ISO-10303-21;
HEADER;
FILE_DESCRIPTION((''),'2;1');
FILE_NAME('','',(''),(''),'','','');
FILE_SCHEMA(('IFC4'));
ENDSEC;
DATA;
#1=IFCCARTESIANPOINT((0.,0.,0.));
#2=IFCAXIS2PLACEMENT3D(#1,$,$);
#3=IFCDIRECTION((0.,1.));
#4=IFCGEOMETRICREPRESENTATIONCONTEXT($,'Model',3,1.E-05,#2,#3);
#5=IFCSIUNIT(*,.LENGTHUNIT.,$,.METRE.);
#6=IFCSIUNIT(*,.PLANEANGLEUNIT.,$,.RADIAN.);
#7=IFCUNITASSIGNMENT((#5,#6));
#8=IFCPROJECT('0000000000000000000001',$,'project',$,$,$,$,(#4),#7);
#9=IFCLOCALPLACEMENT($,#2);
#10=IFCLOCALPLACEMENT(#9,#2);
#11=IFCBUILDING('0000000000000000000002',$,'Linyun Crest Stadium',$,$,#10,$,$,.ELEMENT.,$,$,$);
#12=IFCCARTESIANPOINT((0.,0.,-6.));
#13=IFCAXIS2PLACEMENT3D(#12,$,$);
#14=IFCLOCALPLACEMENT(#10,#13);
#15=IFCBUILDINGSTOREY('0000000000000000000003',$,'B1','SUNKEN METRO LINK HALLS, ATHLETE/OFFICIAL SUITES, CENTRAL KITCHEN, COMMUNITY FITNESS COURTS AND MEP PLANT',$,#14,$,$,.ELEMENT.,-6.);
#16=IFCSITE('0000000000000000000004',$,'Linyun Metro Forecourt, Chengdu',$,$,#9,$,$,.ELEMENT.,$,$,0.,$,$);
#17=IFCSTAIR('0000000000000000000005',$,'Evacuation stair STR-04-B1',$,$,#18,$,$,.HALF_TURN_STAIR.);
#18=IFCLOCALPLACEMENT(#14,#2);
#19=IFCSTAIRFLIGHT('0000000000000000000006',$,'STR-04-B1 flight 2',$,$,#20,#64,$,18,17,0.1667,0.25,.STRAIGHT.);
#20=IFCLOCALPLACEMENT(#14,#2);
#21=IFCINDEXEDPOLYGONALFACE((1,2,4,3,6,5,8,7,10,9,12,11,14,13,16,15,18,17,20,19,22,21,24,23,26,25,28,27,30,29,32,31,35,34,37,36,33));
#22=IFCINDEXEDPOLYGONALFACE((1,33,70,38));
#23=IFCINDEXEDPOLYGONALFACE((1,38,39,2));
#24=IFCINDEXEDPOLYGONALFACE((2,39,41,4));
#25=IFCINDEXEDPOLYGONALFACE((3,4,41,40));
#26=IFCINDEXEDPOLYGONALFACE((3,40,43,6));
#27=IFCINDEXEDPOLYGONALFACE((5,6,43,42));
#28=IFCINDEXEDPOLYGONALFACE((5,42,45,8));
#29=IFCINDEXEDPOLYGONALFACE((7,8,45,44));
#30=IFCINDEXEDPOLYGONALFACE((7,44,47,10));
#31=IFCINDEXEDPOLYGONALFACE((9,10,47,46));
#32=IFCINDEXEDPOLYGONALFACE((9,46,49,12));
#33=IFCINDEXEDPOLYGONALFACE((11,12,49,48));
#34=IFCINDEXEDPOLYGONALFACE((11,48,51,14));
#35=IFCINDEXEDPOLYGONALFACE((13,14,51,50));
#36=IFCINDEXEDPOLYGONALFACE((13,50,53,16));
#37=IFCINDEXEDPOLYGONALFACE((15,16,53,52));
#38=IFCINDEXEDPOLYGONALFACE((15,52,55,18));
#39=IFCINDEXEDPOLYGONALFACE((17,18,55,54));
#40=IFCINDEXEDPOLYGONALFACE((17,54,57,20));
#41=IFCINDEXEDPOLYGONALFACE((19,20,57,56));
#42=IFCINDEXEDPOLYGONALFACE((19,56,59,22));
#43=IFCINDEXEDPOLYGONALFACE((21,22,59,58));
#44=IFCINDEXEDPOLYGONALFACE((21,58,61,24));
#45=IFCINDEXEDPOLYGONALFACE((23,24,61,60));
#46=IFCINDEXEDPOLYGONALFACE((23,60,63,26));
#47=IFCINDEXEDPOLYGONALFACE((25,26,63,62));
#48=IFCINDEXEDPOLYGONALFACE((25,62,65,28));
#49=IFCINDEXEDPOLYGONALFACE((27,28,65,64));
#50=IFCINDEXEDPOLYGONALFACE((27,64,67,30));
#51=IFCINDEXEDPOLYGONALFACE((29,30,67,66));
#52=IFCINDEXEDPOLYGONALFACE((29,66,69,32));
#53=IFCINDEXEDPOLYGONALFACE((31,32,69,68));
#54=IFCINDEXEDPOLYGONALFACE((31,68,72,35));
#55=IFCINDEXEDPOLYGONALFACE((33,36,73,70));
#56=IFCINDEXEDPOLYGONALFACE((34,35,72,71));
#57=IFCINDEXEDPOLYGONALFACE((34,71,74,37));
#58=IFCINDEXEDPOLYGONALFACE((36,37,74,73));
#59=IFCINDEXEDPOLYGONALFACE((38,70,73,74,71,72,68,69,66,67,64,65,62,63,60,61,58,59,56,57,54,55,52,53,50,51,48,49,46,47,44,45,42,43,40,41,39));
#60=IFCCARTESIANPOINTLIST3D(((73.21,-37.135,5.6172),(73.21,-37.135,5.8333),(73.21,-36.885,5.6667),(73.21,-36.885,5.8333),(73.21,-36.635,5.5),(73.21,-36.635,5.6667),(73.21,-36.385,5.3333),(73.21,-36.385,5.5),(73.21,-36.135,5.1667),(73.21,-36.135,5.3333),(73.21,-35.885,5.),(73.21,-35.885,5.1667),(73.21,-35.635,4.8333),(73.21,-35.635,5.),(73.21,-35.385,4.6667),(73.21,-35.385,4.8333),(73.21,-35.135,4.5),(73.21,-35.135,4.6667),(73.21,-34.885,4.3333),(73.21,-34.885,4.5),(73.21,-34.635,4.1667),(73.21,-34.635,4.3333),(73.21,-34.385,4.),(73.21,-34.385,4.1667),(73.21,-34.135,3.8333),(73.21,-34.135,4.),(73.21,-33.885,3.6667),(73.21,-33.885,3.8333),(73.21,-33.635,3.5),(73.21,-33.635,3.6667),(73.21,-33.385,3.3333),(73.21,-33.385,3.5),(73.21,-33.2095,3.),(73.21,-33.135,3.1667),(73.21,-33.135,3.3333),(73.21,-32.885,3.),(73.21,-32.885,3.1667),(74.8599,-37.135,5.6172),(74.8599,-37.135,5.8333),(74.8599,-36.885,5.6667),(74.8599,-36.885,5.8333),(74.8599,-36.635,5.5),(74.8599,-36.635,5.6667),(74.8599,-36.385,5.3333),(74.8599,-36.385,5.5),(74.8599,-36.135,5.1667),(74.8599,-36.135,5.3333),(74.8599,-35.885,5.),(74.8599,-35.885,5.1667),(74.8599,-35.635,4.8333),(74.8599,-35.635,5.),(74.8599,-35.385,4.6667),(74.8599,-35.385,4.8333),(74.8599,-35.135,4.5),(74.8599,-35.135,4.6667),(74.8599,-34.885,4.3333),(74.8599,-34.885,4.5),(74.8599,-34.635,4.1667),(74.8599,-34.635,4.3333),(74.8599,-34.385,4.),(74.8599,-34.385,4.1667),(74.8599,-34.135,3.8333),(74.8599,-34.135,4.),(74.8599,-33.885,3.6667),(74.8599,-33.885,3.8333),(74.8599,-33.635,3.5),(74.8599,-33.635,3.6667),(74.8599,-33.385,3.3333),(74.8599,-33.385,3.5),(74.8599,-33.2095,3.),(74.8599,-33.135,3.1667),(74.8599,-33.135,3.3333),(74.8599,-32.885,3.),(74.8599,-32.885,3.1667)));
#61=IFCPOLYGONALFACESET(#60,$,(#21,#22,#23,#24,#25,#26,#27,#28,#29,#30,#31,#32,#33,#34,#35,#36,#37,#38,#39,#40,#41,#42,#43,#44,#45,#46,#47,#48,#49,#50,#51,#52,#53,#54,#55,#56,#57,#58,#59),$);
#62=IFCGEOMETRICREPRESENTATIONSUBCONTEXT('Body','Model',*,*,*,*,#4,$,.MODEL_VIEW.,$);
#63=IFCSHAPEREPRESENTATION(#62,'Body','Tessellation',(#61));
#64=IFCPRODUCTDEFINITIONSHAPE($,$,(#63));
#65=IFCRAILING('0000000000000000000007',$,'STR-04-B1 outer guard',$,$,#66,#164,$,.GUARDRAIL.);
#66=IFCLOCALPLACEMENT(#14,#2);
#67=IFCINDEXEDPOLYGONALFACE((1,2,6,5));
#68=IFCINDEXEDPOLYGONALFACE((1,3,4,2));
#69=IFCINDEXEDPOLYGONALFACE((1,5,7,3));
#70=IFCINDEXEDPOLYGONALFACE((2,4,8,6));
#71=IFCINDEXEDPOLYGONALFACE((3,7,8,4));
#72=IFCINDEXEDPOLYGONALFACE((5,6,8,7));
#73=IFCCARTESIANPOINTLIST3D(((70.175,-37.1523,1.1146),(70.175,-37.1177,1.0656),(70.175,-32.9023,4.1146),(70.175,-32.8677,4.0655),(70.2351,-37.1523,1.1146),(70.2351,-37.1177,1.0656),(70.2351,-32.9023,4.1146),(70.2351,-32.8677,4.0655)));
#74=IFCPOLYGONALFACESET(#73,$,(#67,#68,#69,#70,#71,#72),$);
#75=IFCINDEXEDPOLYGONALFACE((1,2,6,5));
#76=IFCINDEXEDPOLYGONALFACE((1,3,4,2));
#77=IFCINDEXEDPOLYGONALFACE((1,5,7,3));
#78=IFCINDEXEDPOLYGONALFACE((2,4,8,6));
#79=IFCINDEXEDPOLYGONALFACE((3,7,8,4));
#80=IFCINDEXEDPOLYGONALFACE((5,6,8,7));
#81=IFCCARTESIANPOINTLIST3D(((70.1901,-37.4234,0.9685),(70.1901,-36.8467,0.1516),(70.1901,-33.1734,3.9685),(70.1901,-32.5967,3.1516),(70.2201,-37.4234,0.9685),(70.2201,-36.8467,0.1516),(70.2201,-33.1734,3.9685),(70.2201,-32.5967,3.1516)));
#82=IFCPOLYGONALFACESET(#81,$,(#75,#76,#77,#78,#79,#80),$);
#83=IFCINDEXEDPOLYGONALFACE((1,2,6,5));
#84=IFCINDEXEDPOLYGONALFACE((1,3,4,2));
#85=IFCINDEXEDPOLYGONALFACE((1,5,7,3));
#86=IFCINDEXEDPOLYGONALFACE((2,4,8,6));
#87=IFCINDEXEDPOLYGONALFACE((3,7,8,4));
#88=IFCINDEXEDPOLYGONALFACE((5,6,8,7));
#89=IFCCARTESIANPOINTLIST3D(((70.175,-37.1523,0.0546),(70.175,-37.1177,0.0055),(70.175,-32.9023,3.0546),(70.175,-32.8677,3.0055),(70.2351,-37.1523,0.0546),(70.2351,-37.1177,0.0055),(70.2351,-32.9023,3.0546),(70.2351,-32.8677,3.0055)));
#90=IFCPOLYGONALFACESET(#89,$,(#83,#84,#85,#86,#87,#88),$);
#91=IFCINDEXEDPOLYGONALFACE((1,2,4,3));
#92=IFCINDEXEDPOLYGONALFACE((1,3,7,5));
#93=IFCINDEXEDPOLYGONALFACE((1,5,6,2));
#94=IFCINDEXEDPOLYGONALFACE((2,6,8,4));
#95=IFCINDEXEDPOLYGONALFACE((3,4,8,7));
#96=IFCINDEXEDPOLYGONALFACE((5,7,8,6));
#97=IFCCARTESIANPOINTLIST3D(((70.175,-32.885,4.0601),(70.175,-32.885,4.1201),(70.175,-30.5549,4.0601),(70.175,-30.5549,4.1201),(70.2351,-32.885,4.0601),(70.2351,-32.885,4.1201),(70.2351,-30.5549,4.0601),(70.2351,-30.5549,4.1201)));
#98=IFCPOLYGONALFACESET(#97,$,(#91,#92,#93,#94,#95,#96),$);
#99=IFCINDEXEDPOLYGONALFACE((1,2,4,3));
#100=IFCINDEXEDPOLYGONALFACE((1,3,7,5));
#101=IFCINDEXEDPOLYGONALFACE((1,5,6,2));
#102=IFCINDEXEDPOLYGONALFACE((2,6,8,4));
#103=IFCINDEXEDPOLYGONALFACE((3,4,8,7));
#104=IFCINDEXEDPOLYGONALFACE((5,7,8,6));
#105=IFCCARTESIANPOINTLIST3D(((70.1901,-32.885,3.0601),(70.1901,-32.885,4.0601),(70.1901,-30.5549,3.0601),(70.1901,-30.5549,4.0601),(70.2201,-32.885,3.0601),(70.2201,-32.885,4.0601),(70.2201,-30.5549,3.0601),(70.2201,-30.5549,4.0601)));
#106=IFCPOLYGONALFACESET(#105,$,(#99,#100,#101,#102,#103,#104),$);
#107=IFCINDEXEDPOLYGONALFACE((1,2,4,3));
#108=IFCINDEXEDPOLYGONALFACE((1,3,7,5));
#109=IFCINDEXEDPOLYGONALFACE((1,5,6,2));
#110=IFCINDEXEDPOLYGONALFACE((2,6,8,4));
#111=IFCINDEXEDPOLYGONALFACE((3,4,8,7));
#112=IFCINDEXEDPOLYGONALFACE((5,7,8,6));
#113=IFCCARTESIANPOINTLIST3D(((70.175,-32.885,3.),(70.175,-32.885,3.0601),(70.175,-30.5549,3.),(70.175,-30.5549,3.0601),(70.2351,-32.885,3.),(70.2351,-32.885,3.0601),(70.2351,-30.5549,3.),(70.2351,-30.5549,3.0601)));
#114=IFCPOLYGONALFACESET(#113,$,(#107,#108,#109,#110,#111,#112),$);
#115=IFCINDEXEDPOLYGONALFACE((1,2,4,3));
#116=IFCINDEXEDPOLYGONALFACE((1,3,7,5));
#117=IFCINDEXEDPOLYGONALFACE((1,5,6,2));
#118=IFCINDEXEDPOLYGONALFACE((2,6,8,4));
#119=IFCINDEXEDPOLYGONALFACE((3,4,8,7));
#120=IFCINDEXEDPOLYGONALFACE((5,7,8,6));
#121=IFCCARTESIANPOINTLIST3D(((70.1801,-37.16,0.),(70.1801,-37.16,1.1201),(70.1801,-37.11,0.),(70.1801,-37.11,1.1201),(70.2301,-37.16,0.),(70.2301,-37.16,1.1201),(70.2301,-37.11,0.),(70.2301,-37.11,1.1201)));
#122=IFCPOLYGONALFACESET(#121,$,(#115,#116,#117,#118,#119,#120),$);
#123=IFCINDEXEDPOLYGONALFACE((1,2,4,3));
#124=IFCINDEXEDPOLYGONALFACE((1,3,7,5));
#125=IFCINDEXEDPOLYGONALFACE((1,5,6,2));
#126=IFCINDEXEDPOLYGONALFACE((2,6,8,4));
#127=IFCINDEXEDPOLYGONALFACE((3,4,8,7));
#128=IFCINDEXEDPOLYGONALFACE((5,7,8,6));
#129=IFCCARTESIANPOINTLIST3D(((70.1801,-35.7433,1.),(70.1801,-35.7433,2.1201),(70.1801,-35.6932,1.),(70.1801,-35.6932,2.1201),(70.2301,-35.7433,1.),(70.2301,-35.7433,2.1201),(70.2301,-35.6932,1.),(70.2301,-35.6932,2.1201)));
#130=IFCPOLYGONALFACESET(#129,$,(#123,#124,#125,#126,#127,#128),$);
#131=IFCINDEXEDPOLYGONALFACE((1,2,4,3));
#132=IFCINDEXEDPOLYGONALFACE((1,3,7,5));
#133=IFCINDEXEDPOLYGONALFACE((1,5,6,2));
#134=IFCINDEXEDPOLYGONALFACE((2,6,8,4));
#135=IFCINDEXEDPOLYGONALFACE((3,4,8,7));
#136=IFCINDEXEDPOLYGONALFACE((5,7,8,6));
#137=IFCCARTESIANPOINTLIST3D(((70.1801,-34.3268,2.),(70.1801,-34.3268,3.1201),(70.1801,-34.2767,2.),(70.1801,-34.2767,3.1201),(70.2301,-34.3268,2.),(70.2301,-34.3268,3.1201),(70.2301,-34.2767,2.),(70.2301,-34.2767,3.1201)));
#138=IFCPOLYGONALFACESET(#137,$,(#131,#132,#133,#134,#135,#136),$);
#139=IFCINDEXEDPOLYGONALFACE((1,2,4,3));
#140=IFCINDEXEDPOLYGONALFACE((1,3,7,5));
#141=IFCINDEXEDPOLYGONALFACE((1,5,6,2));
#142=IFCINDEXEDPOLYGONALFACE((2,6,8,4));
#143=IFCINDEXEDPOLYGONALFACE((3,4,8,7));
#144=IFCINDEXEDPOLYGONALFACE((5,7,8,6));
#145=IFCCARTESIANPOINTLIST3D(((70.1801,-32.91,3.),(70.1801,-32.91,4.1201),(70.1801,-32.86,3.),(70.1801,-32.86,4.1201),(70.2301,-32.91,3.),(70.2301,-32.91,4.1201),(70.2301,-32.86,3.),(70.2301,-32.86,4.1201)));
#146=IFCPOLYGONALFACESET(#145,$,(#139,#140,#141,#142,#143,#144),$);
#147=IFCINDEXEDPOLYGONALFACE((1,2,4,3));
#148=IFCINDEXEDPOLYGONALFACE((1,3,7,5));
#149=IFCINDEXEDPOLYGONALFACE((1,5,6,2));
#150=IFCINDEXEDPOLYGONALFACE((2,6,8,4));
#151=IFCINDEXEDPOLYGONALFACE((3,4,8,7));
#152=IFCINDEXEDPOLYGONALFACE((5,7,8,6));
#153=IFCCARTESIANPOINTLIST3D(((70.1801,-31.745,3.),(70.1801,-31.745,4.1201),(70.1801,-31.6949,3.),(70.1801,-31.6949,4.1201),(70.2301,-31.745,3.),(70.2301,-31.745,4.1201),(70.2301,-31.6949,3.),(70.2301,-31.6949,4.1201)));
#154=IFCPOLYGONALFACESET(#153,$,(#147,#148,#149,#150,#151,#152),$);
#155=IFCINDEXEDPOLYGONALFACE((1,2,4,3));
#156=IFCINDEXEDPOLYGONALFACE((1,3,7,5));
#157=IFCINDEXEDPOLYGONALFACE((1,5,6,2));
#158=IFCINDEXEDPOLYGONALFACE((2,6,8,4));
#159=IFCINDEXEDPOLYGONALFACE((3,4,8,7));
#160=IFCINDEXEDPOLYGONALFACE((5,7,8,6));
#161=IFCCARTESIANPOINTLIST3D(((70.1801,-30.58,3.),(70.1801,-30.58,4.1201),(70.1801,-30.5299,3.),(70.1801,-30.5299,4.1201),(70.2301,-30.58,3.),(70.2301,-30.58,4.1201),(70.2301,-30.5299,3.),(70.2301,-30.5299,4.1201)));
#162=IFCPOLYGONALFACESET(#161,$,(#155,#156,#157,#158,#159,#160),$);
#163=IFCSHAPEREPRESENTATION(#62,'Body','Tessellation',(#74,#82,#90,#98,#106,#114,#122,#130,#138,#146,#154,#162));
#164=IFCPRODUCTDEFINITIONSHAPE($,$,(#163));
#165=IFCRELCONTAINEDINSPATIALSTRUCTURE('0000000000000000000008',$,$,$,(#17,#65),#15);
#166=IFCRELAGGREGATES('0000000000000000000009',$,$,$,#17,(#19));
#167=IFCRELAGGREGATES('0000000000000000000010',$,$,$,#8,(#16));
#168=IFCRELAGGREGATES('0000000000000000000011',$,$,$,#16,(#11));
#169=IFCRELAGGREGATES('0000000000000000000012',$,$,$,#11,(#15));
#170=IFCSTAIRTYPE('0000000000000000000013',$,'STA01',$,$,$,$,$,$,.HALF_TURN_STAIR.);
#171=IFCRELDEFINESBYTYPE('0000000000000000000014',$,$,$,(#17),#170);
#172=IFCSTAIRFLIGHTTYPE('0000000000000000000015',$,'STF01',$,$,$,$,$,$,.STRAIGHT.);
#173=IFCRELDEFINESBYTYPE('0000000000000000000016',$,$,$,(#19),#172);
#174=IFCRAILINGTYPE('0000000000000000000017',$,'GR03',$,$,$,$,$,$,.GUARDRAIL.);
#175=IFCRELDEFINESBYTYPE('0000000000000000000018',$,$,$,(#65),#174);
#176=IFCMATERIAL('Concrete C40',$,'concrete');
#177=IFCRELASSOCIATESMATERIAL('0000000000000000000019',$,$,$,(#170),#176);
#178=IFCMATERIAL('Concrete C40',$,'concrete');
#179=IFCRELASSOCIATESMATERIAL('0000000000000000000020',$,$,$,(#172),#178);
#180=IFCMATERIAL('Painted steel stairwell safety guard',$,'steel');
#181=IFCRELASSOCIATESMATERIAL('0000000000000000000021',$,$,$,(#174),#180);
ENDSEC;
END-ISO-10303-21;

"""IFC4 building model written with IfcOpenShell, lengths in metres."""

from ifc_helpers import new_model, si_unit, direction, frame, origin, origin_2d, place, context, subcontext, project, spatial, polyline, rectangle, outline, extrude, material, type_object, element, aggregate, save


model = new_model("IFC4")

# Units and contexts
model_context = context("Model", 3, precision=1e-05, world=origin(), true_north=direction((0.0, 1.0)))
body_context = subcontext(model_context, "Body", "Model", "MODEL_VIEW")
ifc_project = project(units=[si_unit("LENGTHUNIT", "METRE"), si_unit("PLANEANGLEUNIT", "RADIAN")], contexts=[model_context])

# Site, building, storey
site_placement = place(None, origin())
site = spatial("IfcSite", under=ifc_project, at=site_placement, Name="Linyun Metro Forecourt, Chengdu", CompositionType="ELEMENT", RefElevation=0.0)
building_placement = place(site_placement, origin())
building = spatial("IfcBuilding", under=site, at=building_placement, Name="Linyun Crest Stadium", CompositionType="ELEMENT")
storey_placement = place(building_placement, frame((0.0, 0.0, -6.0)))
storey = spatial("IfcBuildingStorey", under=building, at=storey_placement, Name="B1", Description="SUNKEN METRO LINK HALLS, ATHLETE/OFFICIAL SUITES, CENTRAL KITCHEN, COMMUNITY FITNESS COURTS AND MEP PLANT", CompositionType="ELEMENT", Elevation=-6.0)

# Stair, stair flight
ifc_material_1 = material(Name="Concrete C40", Category="concrete")
stair_type = type_object("IfcStairType", Name="STA01", PredefinedType="HALF_TURN_STAIR", material=ifc_material_1)
stair_placement = place(storey_placement, origin())
stair = element("IfcStair", 1, at=stair_placement, inside=storey, type_object=stair_type, Name="Evacuation stair STR-04-B1", PredefinedType="HALF_TURN_STAIR")
ifc_material_2 = material(Name="Concrete C40", Category="concrete")
stair_flight_type = type_object("IfcStairFlightType", Name="STF01", PredefinedType="STRAIGHT", material=ifc_material_2)
stair_flight_1_placement = place(storey_placement, frame((74.0349, -32.885, 3.0), z_axis=(0.0, 0.0, 1.0), x_axis=(0.0, -1.0, 0.0)))
stair_flight_1 = element("IfcStairFlight", 2, at=stair_flight_1_placement, type_object=stair_flight_type, Name="STR-04-B1 flight 2", NumberOfRisers=18, NumberOfTreads=17, PredefinedType="STRAIGHT", RiserHeight=0.1667, TreadLength=0.25, context=body_context, shape_type="SweptSolid", body=[
    extrude(outline(polyline([(0.0, 0.0), (0.0, 0.1667), (0.25, 0.1667), (0.25, 0.3333), (0.5, 0.3333), (0.5, 0.5), (0.75, 0.5), (0.75, 0.6667), (1.0, 0.6667), (1.0, 0.8333), (1.25, 0.8333), (1.25, 1.0), (1.5, 1.0), (1.5, 1.1667), (1.75, 1.1667), (1.75, 1.3333), (2.0, 1.3333), (2.0, 1.5), (2.25, 1.5), (2.25, 1.6667), (2.5, 1.6667), (2.5, 1.8333), (2.75, 1.8333), (2.75, 2.0), (3.0, 2.0), (3.0, 2.1667), (3.25, 2.1667), (3.25, 2.3333), (3.5, 2.3333), (3.5, 2.5), (3.75, 2.5), (3.75, 2.6667), (4.0, 2.6667), (4.0, 2.8333), (4.25, 2.8333), (4.25, 3.0), (4.25, 2.6172), (0.3245, 0.0), (0.0, 0.0)])), frame((0.0, 0.825, 0.0), z_axis=(0.0, -1.0, 0.0), x_axis=(1.0, 0.0, 0.0)), (0.0, 0.0, 1.0), 1.6499),
])
aggregate(stair, [stair_flight_1])

# Railing
ifc_material_3 = material(Name="Painted steel stairwell safety guard", Category="steel")
railing_type_1 = type_object("IfcRailingType", Name="GR03", PredefinedType="GUARDRAIL", material=ifc_material_3)
railing_1_placement = place(storey_placement, frame((70.2051, -37.135, 0.0)))
element("IfcRailing", 3, at=railing_1_placement, inside=storey, type_object=railing_type_1, Name="STR-04-B1 outer guard", PredefinedType="GUARDRAIL", context=body_context, shape_type="SweptSolid", body=[
    extrude(rectangle(XDim=0.0601, YDim=0.0601, at=origin_2d()), frame((0.0, 0.0, 1.0901), z_axis=(0.0, 0.816968, 0.576683), x_axis=(-1.0, 0.0, 0.0)), (0.0, 0.0, 1.0), 5.2021),
    extrude(rectangle(XDim=0.03, YDim=1.0, at=origin_2d()), frame((0.0, 0.0, 0.5601), z_axis=(0.0, 0.816968, 0.576683), x_axis=(-1.0, 0.0, 0.0)), (0.0, 0.0, 1.0), 5.2021),
    extrude(rectangle(XDim=0.0601, YDim=0.0601, at=origin_2d()), frame((0.0, 0.0, 0.03), z_axis=(0.0, 0.816968, 0.576683), x_axis=(-1.0, 0.0, 0.0)), (0.0, 0.0, 1.0), 5.2021),
    extrude(rectangle(XDim=0.0601, YDim=0.0601, at=origin_2d()), frame((0.0, 4.25, 4.0901), z_axis=(0.0, 1.0, 0.0), x_axis=(-1.0, 0.0, 0.0)), (0.0, 0.0, 1.0), 2.3301),
    extrude(rectangle(XDim=0.03, YDim=1.0, at=origin_2d()), frame((0.0, 4.25, 3.5601), z_axis=(0.0, 1.0, 0.0), x_axis=(-1.0, 0.0, 0.0)), (0.0, 0.0, 1.0), 2.3301),
    extrude(rectangle(XDim=0.0601, YDim=0.0601, at=origin_2d()), frame((0.0, 4.25, 3.03), z_axis=(0.0, 1.0, 0.0), x_axis=(-1.0, 0.0, 0.0)), (0.0, 0.0, 1.0), 2.3301),
    extrude(rectangle(XDim=0.05, YDim=0.05, at=origin_2d()), origin(), (0.0, 0.0, 1.0), 1.1201),
    extrude(rectangle(XDim=0.05, YDim=0.05, at=origin_2d()), frame((0.0, 1.4167, 1.0)), (0.0, 0.0, 1.0), 1.1201),
    extrude(rectangle(XDim=0.05, YDim=0.05, at=origin_2d()), frame((0.0, 2.8333, 2.0)), (0.0, 0.0, 1.0), 1.1201),
    extrude(rectangle(XDim=0.05, YDim=0.05, at=origin_2d()), frame((0.0, 4.25, 3.0)), (0.0, 0.0, 1.0), 1.1201),
    extrude(rectangle(XDim=0.05, YDim=0.05, at=origin_2d()), frame((0.0, 5.415, 3.0)), (0.0, 0.0, 1.0), 1.1201),
    extrude(rectangle(XDim=0.05, YDim=0.05, at=origin_2d()), frame((0.0, 6.5801, 3.0)), (0.0, 0.0, 1.0), 1.1201),
])

save(model, "model.ifc")
